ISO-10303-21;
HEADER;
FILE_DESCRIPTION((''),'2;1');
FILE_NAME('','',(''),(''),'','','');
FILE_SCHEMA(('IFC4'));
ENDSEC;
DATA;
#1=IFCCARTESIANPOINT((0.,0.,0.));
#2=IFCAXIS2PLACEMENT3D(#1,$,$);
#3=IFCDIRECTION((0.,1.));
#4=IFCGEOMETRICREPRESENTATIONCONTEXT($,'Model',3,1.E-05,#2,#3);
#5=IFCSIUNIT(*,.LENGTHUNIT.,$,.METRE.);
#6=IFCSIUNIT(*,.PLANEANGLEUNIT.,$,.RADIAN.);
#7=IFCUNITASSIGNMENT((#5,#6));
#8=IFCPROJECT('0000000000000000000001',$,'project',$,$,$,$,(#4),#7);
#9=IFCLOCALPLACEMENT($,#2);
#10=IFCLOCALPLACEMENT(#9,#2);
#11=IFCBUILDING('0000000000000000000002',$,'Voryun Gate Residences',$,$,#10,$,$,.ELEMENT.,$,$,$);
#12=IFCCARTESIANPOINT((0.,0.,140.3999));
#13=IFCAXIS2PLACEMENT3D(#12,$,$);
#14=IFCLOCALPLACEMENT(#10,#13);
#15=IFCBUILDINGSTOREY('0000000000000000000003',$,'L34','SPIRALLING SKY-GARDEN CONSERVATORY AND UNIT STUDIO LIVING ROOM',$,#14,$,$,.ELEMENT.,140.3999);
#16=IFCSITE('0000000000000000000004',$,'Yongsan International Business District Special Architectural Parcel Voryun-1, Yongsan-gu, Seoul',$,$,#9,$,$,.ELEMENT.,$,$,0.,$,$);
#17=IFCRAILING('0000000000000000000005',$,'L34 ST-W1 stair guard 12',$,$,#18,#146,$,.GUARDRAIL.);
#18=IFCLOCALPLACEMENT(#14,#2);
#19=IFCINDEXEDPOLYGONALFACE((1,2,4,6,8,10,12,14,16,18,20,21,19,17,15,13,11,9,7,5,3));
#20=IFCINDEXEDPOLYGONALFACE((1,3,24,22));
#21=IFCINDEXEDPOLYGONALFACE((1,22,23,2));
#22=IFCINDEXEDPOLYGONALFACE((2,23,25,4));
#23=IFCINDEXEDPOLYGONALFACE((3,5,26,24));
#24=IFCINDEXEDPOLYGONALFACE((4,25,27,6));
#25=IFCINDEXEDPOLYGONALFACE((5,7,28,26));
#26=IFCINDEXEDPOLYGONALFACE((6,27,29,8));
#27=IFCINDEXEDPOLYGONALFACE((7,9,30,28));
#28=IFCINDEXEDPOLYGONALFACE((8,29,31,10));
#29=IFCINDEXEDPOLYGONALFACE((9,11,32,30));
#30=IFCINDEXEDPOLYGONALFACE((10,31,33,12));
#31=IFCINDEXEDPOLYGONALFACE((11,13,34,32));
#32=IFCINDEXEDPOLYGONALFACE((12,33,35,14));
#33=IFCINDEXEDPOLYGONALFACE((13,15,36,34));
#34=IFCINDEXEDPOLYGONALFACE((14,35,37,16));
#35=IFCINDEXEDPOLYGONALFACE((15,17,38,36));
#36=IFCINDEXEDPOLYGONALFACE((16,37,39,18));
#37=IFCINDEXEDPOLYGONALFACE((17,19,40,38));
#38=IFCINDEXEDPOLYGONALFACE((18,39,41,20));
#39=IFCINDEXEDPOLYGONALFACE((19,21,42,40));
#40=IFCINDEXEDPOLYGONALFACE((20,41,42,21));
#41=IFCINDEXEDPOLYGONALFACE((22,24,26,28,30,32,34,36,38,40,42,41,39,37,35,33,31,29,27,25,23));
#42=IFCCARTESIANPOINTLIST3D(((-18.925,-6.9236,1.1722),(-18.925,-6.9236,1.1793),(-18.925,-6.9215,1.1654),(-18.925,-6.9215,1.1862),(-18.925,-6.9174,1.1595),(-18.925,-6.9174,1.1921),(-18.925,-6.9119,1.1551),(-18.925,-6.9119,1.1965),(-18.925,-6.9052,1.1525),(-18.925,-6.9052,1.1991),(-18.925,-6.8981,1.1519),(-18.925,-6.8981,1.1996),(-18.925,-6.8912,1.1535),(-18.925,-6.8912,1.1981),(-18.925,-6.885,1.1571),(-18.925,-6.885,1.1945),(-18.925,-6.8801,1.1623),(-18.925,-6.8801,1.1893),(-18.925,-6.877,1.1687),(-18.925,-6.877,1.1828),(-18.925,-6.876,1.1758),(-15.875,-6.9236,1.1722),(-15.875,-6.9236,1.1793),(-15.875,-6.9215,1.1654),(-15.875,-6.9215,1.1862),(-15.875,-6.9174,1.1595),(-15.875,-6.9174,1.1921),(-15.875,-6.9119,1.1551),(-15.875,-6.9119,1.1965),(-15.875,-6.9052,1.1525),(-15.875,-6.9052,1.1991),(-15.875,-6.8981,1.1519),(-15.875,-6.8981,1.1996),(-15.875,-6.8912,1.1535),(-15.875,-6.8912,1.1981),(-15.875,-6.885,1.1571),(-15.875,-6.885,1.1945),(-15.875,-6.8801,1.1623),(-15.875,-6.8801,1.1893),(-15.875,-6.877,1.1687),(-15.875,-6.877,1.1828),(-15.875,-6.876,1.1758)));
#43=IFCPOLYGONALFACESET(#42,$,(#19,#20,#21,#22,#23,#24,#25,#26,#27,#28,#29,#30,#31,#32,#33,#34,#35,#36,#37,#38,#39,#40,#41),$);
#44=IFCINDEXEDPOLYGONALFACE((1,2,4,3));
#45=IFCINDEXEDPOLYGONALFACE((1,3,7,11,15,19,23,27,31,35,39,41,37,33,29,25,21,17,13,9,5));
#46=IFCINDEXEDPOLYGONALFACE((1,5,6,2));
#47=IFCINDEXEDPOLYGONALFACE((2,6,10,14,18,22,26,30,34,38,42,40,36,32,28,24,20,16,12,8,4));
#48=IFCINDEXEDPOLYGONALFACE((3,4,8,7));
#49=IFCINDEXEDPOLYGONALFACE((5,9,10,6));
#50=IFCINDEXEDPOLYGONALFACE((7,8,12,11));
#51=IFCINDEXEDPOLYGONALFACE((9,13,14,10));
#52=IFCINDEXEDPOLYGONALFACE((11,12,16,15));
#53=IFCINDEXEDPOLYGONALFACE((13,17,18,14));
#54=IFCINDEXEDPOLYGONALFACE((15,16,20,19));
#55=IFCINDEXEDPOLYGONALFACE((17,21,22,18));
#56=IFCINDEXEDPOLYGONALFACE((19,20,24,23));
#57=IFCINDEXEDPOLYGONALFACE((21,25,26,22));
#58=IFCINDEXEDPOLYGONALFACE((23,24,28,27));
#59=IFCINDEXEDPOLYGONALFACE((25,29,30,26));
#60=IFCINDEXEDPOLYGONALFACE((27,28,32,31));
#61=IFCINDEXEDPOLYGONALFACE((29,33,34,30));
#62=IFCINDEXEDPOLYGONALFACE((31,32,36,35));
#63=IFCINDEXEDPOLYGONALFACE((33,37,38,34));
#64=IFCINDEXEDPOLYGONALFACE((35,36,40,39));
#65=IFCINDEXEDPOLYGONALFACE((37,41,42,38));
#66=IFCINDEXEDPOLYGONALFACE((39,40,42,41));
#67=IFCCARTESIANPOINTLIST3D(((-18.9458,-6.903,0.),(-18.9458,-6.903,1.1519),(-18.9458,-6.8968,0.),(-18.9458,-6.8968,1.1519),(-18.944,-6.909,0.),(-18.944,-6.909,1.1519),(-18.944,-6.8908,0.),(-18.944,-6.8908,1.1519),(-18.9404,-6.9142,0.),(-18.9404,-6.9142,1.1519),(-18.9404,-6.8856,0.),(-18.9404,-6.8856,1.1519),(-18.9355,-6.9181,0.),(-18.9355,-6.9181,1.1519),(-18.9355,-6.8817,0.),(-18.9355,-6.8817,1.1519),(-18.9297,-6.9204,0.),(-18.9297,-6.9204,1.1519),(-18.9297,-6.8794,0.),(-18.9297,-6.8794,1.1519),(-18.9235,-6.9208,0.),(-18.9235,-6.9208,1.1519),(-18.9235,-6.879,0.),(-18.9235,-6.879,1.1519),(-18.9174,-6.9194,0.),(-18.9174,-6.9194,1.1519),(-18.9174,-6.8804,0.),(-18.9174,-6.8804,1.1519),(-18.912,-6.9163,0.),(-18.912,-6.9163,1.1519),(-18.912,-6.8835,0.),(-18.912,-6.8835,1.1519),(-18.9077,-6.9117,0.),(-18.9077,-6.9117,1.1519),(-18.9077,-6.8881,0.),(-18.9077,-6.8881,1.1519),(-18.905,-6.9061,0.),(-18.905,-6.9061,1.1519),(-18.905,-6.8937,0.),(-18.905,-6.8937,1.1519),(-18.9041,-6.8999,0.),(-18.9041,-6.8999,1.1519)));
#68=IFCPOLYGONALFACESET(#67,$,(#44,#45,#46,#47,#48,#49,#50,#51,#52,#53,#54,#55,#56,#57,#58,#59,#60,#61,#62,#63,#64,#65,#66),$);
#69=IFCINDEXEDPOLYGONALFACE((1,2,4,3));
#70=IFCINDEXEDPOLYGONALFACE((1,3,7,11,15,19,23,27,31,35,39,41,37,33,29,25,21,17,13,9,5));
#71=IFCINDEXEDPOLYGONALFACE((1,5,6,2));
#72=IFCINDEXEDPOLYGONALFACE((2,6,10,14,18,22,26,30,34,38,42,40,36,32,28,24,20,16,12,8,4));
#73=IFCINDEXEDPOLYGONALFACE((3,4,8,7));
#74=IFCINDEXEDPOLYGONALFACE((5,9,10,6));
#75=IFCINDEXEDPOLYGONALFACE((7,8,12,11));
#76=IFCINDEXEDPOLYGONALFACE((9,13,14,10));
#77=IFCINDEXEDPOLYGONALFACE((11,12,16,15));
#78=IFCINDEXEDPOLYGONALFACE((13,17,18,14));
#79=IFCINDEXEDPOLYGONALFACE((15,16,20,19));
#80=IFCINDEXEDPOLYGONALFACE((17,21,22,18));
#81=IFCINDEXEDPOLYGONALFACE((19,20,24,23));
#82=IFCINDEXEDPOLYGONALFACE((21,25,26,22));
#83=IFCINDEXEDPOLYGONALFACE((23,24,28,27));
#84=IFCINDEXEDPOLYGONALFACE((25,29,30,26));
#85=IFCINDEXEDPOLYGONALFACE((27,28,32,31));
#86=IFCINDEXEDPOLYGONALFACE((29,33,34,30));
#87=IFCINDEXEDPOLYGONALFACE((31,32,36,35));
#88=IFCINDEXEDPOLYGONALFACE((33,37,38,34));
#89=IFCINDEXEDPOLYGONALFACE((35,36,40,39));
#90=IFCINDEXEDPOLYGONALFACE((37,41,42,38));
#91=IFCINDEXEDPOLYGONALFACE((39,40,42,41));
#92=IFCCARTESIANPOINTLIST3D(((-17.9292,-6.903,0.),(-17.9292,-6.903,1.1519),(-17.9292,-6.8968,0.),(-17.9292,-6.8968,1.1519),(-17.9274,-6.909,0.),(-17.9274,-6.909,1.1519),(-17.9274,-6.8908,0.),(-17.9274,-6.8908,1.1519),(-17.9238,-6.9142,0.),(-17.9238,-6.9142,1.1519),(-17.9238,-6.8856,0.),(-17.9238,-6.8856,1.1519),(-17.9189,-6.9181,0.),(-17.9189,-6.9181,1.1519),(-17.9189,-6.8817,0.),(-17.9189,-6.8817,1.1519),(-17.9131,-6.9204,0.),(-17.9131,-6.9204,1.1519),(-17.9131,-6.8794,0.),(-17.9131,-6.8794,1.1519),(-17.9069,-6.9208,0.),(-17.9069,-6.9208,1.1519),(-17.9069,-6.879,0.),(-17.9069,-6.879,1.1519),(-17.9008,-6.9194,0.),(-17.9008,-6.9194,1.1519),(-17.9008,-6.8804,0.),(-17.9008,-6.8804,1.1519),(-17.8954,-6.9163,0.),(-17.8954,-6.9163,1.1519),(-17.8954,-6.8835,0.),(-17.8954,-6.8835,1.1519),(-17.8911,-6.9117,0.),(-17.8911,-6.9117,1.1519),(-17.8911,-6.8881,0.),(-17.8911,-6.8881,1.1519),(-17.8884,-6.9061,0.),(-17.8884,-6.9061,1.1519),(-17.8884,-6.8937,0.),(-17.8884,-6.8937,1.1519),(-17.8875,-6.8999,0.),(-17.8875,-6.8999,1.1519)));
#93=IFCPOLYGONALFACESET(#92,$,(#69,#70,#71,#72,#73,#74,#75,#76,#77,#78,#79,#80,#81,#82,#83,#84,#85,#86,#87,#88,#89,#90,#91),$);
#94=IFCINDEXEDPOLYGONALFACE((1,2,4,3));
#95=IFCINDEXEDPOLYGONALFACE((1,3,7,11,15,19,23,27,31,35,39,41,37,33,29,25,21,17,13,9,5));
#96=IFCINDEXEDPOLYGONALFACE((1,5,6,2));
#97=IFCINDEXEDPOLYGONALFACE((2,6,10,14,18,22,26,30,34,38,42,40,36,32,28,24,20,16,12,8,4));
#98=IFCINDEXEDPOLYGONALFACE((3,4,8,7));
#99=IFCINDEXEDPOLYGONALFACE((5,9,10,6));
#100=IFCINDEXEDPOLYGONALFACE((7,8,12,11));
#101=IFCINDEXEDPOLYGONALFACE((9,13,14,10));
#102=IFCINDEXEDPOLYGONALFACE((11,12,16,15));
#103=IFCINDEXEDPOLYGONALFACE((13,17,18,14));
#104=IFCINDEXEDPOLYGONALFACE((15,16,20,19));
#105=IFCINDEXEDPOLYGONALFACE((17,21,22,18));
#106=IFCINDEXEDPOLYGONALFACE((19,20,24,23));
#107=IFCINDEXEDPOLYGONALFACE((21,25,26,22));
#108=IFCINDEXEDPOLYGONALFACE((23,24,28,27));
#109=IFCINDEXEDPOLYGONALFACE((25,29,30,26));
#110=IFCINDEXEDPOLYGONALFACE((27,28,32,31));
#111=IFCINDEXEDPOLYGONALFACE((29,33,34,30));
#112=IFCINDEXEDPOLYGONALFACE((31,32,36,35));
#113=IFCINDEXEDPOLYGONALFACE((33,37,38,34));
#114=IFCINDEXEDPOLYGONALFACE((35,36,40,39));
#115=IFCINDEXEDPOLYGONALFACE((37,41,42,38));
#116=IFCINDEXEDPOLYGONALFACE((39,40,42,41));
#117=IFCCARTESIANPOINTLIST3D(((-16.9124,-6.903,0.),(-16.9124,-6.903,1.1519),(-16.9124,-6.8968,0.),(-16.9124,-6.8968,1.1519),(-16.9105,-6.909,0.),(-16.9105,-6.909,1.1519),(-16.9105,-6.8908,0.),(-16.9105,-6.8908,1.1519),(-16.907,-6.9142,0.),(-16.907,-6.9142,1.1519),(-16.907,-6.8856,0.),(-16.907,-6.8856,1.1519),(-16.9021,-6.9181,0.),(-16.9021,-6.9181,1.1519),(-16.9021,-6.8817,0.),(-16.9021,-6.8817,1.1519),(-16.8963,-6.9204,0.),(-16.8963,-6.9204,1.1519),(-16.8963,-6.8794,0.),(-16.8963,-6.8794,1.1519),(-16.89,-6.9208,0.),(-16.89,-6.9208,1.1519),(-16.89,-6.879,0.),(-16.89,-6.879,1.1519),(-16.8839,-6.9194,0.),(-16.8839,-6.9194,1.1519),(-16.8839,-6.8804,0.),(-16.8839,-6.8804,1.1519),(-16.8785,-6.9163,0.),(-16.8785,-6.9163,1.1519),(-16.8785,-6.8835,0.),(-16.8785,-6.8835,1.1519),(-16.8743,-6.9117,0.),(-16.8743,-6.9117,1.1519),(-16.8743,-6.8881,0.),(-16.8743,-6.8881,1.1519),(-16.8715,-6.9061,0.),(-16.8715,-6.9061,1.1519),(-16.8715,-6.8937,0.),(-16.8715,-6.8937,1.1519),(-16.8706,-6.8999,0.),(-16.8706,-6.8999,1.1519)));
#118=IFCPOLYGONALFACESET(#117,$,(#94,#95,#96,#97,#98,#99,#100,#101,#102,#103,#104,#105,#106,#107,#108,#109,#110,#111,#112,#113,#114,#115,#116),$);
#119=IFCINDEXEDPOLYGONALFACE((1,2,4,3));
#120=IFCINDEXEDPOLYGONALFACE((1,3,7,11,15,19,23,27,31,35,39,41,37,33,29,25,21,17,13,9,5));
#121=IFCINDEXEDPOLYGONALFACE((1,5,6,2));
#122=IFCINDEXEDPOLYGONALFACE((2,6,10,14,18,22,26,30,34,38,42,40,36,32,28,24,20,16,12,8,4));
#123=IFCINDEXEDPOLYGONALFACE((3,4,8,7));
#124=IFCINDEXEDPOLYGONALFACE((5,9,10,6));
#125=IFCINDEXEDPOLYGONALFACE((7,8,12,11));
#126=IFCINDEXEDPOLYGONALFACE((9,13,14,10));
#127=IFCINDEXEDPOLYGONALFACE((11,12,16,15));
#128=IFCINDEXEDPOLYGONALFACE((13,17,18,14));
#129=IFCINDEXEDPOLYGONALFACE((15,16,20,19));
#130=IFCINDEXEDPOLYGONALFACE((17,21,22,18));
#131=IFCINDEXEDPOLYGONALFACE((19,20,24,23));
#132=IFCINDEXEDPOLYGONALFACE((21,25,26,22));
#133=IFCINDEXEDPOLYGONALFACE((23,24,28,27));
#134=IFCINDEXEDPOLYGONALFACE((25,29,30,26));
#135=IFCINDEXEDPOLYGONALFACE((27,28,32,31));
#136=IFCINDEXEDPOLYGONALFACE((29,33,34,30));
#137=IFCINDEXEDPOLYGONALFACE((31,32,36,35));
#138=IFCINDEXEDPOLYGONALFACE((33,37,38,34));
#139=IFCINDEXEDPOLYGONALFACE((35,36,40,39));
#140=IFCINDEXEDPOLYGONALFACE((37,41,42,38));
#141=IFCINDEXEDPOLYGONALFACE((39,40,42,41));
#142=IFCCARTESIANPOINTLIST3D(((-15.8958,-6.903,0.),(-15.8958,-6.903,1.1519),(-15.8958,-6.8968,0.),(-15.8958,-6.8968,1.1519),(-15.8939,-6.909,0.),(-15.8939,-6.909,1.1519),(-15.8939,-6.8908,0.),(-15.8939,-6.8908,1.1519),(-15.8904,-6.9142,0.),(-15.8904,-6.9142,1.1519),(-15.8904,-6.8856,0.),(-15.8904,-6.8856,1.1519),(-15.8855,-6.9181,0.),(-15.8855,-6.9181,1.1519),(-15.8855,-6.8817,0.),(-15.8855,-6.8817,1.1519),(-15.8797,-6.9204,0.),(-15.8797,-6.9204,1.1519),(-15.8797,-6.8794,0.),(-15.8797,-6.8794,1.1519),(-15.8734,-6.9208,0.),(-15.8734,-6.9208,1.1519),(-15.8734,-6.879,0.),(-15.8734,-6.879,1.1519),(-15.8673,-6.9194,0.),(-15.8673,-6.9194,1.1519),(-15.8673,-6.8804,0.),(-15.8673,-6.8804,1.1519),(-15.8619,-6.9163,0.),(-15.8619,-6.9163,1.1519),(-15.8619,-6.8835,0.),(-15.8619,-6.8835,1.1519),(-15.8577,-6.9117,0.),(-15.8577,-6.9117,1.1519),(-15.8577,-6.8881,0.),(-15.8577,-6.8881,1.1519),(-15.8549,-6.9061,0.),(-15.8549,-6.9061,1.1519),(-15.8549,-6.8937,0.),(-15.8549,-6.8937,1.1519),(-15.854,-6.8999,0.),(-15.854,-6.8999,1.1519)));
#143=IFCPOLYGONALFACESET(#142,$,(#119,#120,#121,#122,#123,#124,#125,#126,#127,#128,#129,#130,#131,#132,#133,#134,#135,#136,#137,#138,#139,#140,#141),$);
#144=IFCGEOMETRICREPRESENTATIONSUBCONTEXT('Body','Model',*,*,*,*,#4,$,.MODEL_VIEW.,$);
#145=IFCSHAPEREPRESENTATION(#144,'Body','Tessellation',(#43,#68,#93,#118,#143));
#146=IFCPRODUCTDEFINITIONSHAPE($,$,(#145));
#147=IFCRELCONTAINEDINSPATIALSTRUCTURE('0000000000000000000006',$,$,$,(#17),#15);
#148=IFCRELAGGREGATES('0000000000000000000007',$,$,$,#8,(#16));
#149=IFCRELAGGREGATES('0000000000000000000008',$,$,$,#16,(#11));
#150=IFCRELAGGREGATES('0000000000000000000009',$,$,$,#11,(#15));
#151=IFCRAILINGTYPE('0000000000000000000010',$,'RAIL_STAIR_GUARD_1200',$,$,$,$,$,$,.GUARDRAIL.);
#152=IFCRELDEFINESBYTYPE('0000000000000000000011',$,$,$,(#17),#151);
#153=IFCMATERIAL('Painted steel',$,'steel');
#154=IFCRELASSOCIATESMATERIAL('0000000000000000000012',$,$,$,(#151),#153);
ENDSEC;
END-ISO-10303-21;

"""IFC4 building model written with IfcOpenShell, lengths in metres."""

from ifc_helpers import new_model, si_unit, direction, frame, origin, origin_2d, place, context, subcontext, project, spatial, circle, extrude, material, type_object, element, save


model = new_model("IFC4")

# Units and contexts
model_context = context("Model", 3, precision=1e-05, world=origin(), true_north=direction((0.0, 1.0)))
body_context = subcontext(model_context, "Body", "Model", "MODEL_VIEW")
ifc_project = project(units=[si_unit("LENGTHUNIT", "METRE"), si_unit("PLANEANGLEUNIT", "RADIAN")], contexts=[model_context])

# Site, building, storey
site_placement = place(None, origin())
site = spatial("IfcSite", under=ifc_project, at=site_placement, Name="Yongsan International Business District Special Architectural Parcel Voryun-1, Yongsan-gu, Seoul", CompositionType="ELEMENT", RefElevation=0.0)
building_placement = place(site_placement, origin())
building = spatial("IfcBuilding", under=site, at=building_placement, Name="Voryun Gate Residences", CompositionType="ELEMENT")
storey_placement = place(building_placement, frame((0.0, 0.0, 140.3999)))
storey = spatial("IfcBuildingStorey", under=building, at=storey_placement, Name="L34", Description="SPIRALLING SKY-GARDEN CONSERVATORY AND UNIT STUDIO LIVING ROOM", CompositionType="ELEMENT", Elevation=140.3999)

# Railing
ifc_material_1 = material(Name="Painted steel", Category="steel")
railing_type_1 = type_object("IfcRailingType", Name="RAIL_STAIR_GUARD_1200", PredefinedType="GUARDRAIL", material=ifc_material_1)
railing_1_placement = place(storey_placement, frame((-18.925, -6.8999, 0.0)))
element("IfcRailing", 1, at=railing_1_placement, inside=storey, type_object=railing_type_1, Name="L34 ST-W1 stair guard 12", PredefinedType="GUARDRAIL", context=body_context, shape_type="SweptSolid", body=[
    extrude(circle(Radius=0.0239, at=origin_2d()), frame((0.0, 0.0, 1.1758), z_axis=(1.0, 0.0, 0.0), x_axis=(0.0, 1.0, 0.0)), (0.0, 0.0, 1.0), 3.05),
    extrude(circle(Radius=0.021, at=origin_2d()), origin(), (0.0, 0.0, 1.0), 1.1519),
    extrude(circle(Radius=0.021, at=origin_2d()), frame((1.0166, 0.0, 0.0)), (0.0, 0.0, 1.0), 1.1519),
    extrude(circle(Radius=0.021, at=origin_2d()), frame((2.0334, 0.0, 0.0)), (0.0, 0.0, 1.0), 1.1519),
    extrude(circle(Radius=0.021, at=origin_2d()), frame((3.05, 0.0, 0.0)), (0.0, 0.0, 1.0), 1.1519),
])

save(model, "model.ifc")
